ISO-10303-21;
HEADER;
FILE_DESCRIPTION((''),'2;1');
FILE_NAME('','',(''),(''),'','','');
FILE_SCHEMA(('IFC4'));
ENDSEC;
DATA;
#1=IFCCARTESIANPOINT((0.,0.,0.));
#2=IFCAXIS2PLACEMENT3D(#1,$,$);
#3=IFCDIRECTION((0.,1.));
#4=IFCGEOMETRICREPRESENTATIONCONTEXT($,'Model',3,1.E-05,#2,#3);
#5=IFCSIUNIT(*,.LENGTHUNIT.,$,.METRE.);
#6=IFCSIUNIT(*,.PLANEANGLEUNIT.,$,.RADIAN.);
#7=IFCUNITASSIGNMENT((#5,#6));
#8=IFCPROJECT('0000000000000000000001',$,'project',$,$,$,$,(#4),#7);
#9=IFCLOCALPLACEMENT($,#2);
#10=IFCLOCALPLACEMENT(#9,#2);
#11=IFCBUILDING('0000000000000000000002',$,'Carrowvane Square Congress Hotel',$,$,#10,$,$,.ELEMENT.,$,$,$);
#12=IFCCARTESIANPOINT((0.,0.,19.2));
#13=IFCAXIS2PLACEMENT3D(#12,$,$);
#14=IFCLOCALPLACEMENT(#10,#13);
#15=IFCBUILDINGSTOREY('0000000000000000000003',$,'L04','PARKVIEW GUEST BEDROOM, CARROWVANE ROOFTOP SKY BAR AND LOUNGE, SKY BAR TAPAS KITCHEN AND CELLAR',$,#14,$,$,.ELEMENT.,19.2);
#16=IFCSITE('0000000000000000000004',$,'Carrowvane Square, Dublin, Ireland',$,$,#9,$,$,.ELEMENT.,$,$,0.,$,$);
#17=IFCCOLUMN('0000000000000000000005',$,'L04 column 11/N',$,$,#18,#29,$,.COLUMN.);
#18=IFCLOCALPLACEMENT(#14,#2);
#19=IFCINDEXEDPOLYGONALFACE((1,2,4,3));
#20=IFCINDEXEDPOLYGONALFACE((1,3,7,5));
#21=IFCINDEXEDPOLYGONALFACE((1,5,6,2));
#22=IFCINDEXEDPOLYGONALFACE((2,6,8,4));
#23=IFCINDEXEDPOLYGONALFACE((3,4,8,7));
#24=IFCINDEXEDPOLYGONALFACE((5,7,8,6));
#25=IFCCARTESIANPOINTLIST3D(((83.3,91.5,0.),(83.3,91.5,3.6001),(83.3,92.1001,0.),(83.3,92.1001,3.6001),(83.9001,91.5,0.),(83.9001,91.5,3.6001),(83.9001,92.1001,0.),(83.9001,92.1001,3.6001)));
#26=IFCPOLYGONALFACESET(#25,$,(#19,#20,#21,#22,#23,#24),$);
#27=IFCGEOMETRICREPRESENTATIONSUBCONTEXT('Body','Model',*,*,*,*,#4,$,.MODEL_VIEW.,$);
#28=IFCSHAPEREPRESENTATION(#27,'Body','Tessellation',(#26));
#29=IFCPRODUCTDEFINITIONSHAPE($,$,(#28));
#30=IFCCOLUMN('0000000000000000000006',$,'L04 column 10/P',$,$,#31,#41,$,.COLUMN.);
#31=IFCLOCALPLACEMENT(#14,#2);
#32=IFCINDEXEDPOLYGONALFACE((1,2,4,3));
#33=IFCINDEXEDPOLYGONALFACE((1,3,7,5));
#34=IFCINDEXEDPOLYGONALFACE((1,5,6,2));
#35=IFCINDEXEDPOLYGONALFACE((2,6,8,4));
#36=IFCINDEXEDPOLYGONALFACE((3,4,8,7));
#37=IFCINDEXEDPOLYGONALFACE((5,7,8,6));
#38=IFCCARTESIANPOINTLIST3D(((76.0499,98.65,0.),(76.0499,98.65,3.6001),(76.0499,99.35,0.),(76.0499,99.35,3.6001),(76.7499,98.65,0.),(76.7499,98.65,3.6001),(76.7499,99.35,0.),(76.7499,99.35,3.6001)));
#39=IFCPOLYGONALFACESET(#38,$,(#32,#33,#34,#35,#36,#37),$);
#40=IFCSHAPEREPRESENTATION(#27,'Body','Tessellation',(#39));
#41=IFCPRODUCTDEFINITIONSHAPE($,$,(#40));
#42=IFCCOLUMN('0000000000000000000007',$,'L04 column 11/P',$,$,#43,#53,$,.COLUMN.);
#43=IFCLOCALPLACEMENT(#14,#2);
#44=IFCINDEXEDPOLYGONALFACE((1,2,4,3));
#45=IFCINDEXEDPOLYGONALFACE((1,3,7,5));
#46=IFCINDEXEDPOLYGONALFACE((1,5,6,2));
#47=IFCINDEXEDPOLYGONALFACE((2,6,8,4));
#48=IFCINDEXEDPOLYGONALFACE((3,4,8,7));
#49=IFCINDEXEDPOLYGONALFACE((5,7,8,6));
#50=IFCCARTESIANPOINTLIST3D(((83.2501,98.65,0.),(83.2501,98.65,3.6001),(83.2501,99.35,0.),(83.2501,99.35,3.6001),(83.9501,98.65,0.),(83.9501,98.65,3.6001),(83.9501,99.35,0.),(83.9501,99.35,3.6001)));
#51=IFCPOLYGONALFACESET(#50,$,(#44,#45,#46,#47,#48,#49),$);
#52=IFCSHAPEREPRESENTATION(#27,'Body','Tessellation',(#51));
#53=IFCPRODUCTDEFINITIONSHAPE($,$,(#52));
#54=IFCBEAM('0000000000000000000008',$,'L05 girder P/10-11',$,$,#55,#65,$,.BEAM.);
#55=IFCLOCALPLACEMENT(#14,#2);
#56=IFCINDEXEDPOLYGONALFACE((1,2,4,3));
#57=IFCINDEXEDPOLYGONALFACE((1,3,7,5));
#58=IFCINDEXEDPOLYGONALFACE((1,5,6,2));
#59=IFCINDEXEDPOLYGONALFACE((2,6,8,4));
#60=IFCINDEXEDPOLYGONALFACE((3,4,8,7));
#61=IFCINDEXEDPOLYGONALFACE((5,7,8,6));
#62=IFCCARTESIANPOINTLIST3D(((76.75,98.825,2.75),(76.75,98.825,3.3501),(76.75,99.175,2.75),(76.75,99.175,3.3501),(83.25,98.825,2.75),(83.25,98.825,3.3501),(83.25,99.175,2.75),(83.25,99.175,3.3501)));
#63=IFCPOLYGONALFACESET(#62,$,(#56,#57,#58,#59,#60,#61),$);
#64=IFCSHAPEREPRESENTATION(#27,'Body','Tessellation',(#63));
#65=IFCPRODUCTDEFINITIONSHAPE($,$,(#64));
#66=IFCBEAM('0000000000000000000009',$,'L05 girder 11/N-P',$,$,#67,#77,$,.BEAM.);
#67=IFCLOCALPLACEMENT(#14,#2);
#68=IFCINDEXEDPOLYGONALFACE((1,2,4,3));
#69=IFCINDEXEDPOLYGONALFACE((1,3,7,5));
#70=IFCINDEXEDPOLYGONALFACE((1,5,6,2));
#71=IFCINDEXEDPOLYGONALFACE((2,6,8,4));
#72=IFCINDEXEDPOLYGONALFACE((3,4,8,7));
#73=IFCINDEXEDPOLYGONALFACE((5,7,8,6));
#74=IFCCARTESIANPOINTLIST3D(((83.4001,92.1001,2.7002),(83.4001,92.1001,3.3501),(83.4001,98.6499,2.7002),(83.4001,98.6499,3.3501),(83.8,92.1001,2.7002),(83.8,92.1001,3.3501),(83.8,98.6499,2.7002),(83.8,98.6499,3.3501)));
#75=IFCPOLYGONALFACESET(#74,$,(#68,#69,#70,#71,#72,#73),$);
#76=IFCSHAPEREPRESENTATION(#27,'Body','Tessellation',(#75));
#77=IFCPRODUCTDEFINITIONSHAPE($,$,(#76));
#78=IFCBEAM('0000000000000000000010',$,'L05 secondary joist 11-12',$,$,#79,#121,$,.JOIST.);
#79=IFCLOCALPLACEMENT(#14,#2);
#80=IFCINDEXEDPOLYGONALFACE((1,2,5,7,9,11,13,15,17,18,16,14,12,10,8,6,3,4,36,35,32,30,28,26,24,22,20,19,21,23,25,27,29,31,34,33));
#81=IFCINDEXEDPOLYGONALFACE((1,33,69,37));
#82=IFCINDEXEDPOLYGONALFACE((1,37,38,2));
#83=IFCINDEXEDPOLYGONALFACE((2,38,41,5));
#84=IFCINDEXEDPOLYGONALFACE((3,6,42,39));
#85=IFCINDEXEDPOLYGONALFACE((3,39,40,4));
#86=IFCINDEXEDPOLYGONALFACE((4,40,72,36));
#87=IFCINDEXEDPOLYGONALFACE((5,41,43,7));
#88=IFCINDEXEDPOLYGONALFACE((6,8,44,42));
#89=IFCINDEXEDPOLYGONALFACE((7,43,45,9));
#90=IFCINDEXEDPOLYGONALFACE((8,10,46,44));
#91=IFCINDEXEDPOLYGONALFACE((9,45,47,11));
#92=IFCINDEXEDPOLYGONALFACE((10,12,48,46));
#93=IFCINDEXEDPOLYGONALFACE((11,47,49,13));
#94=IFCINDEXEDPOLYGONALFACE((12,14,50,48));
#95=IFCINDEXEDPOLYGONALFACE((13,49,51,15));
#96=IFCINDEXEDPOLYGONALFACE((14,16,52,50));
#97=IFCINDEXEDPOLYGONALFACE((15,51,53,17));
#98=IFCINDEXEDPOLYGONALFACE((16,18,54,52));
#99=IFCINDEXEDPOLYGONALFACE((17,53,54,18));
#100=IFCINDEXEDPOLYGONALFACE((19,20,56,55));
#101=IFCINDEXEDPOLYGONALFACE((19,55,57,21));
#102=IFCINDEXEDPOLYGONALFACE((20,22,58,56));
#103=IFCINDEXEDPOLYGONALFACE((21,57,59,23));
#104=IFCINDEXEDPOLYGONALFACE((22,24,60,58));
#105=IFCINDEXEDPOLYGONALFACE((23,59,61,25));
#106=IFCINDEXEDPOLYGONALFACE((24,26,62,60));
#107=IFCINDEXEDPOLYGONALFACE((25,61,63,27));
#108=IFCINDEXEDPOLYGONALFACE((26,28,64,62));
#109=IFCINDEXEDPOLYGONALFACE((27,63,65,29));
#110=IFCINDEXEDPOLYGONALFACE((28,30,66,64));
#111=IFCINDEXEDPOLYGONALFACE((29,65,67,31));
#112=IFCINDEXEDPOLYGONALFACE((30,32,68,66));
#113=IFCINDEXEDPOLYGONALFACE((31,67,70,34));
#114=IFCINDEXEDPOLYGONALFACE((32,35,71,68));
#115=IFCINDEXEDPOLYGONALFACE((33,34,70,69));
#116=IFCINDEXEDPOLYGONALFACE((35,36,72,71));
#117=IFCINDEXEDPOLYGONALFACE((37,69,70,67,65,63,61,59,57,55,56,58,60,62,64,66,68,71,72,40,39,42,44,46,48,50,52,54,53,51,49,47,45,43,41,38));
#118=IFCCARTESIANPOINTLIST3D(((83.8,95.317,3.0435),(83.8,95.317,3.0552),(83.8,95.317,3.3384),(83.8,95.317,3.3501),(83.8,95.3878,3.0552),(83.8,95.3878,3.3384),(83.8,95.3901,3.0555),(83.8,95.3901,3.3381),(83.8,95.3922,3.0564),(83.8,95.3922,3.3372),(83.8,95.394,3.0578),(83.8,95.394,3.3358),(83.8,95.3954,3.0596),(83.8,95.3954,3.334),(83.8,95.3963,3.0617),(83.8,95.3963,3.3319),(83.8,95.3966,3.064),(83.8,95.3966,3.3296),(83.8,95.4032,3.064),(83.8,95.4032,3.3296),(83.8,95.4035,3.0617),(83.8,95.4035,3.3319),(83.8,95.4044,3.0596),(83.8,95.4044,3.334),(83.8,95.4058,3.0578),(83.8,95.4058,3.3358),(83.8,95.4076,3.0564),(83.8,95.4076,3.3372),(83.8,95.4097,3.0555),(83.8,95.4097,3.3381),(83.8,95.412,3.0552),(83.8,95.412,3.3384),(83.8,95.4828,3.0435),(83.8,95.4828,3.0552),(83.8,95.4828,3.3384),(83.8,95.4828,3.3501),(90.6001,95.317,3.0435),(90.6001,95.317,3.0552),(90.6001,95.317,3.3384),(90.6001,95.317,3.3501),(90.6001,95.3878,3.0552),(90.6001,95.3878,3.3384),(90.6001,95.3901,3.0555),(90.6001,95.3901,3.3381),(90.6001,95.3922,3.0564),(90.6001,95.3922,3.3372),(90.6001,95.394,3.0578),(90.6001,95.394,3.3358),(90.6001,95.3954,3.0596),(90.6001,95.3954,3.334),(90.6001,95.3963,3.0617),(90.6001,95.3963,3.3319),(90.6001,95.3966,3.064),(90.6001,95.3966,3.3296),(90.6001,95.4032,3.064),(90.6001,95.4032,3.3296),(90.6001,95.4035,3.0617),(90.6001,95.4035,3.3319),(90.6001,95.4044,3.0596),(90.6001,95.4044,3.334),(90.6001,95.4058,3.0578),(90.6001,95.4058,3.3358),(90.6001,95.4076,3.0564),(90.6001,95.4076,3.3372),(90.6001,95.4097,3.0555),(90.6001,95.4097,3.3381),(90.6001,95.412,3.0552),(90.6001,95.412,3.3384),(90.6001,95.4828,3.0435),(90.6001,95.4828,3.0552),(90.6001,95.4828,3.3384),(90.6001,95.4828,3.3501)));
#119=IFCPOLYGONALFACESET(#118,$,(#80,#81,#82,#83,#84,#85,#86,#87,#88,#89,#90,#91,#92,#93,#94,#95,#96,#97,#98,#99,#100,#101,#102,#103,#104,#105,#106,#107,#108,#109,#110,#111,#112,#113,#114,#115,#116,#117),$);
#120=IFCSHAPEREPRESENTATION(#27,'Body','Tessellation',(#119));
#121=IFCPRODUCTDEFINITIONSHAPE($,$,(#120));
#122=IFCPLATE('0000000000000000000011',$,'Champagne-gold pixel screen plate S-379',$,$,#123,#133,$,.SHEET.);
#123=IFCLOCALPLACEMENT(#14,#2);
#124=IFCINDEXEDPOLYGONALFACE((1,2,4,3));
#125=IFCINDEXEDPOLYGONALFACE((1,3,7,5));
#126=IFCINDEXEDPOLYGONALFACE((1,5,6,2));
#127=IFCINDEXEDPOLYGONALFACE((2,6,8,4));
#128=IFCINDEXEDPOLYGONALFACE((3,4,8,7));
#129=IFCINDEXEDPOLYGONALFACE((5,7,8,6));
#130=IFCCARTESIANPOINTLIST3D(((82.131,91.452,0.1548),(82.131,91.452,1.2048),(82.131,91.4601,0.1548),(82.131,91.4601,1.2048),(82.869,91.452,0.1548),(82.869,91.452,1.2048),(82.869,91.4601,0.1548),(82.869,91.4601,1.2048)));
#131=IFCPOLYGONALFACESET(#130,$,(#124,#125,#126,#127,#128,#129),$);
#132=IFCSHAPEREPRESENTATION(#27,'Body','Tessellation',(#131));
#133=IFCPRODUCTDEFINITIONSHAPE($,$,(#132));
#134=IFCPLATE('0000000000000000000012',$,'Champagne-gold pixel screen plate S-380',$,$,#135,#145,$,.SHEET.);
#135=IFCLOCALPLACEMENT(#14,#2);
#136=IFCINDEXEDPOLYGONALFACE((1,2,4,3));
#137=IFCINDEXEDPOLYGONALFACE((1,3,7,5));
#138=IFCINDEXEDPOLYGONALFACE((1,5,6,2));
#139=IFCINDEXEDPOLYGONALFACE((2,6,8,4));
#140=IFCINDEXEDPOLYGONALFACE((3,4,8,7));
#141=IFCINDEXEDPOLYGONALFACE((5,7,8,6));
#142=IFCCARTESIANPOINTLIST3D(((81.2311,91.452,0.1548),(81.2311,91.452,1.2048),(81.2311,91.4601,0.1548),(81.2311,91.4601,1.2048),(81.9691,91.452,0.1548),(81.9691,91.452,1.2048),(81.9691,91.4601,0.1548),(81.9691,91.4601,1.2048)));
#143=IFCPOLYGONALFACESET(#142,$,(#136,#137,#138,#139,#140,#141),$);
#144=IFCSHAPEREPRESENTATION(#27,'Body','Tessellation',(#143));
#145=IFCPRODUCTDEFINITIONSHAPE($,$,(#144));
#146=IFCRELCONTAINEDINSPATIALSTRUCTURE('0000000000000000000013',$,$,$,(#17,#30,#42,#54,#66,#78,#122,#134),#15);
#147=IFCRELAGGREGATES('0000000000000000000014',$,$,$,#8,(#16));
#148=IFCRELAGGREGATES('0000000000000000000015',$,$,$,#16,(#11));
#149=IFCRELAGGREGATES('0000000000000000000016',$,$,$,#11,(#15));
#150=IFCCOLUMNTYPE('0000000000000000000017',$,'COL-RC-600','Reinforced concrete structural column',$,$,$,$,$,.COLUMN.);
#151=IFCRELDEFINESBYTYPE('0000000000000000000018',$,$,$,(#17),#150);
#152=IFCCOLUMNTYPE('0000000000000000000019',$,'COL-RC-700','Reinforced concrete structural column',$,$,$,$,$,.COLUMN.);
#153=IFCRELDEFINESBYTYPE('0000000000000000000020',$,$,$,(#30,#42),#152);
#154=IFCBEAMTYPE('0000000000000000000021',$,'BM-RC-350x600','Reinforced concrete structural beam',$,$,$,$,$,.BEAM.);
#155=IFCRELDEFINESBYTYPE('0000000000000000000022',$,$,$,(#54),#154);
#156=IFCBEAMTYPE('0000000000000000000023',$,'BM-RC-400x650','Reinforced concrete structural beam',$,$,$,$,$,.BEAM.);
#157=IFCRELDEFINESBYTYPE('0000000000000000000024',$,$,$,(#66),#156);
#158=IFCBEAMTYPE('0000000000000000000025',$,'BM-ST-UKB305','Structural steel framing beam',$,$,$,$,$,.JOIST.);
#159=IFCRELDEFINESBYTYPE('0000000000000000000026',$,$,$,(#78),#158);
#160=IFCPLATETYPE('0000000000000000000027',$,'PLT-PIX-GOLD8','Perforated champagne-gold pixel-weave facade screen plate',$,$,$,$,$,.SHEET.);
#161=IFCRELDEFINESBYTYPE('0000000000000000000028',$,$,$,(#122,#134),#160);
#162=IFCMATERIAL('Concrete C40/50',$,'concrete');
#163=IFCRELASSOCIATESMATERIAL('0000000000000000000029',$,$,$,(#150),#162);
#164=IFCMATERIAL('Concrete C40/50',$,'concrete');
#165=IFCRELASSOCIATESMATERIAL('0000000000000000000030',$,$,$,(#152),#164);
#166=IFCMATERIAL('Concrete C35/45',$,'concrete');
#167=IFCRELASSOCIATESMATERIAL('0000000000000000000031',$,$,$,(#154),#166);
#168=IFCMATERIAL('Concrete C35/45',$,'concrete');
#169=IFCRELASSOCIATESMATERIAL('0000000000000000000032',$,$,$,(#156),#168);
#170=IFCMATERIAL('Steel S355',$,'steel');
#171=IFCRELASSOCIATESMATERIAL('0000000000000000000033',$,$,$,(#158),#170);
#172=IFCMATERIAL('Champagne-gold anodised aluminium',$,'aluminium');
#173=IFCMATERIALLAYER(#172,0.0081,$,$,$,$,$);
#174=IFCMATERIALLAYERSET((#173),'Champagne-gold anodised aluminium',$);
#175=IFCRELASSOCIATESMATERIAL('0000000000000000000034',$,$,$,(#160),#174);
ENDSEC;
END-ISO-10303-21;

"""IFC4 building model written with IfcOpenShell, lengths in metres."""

from ifc_helpers import new_model, si_unit, direction, frame, origin, origin_2d, place, context, subcontext, project, spatial, rectangle, i_section, extrude, material, layer, layer_set, material_profile, profile_set, type_object, element, save


model = new_model("IFC4")

# Units and contexts
model_context = context("Model", 3, precision=1e-05, world=origin(), true_north=direction((0.0, 1.0)))
body_context = subcontext(model_context, "Body", "Model", "MODEL_VIEW")
ifc_project = project(units=[si_unit("LENGTHUNIT", "METRE"), si_unit("PLANEANGLEUNIT", "RADIAN")], contexts=[model_context])

# Site, building, storey
site_placement = place(None, origin())
site = spatial("IfcSite", under=ifc_project, at=site_placement, Name="Carrowvane Square, Dublin, Ireland", CompositionType="ELEMENT", RefElevation=0.0)
building_placement = place(site_placement, origin())
building = spatial("IfcBuilding", under=site, at=building_placement, Name="Carrowvane Square Congress Hotel", CompositionType="ELEMENT")
storey_placement = place(building_placement, frame((0.0, 0.0, 19.2)))
storey = spatial("IfcBuildingStorey", under=building, at=storey_placement, Name="L04", Description="PARKVIEW GUEST BEDROOM, CARROWVANE ROOFTOP SKY BAR AND LOUNGE, SKY BAR TAPAS KITCHEN AND CELLAR", CompositionType="ELEMENT", Elevation=19.2)

# Columns
ifc_material_1 = material(Name="Concrete C40/50", Category="concrete")
ifc_material_profile_1 = material_profile(ifc_material_1, rectangle(XDim=0.6001, YDim=0.6001, at=origin_2d()), Name="RC 600x600")
ifc_profile_set_1 = profile_set([ifc_material_profile_1], Name="Concrete C40/50")
column_type_1 = type_object("IfcColumnType", Name="COL-RC-600", Description="Reinforced concrete structural column", PredefinedType="COLUMN", material=ifc_profile_set_1)
column_placement = place(storey_placement, frame((83.6001, 91.8, 0.0), z_axis=(0.0, 0.0, 1.0), x_axis=(1.0, 0.0, 0.0)))
element("IfcColumn", 1, at=column_placement, inside=storey, type_object=column_type_1, Name="L04 column 11/N", PredefinedType="COLUMN", context=body_context, shape_type="SweptSolid", body=[
    extrude(rectangle(XDim=0.6001, YDim=0.6001, at=origin_2d()), origin(), (0.0, 0.0, 1.0), 3.6001),
])
ifc_material_2 = material(Name="Concrete C40/50", Category="concrete")
ifc_material_profile_2 = material_profile(ifc_material_2, rectangle(XDim=0.7, YDim=0.7, at=origin_2d()), Name="RC 700x700")
ifc_profile_set_2 = profile_set([ifc_material_profile_2], Name="Concrete C40/50")
column_type_2 = type_object("IfcColumnType", Name="COL-RC-700", Description="Reinforced concrete structural column", PredefinedType="COLUMN", material=ifc_profile_set_2)
for number, where, z_axis, x_axis, name in (
    (2, (76.3999, 99.0, 0.0), (0.0, 0.0, 1.0), (1.0, 0.0, 0.0), "L04 column 10/P"),
    (3, (83.6001, 99.0, 0.0), (0.0, 0.0, 1.0), (1.0, 0.0, 0.0), "L04 column 11/P"),
):
    element("IfcColumn", number, at=place(storey_placement, frame(where, z_axis=z_axis, x_axis=x_axis)), inside=storey, type_object=column_type_2, Name=name, PredefinedType="COLUMN", context=body_context, shape_type="SweptSolid", body=[
        extrude(rectangle(XDim=0.7, YDim=0.7, at=origin_2d()), origin(), (0.0, 0.0, 1.0), 3.6001),
    ])

# Beams
ifc_material_3 = material(Name="Concrete C35/45", Category="concrete")
ifc_material_profile_3 = material_profile(ifc_material_3, rectangle(XDim=0.3501, YDim=0.6001, at=origin_2d()), Name="RC 350x600")
ifc_profile_set_3 = profile_set([ifc_material_profile_3], Name="Concrete C35/45")
beam_type_1 = type_object("IfcBeamType", Name="BM-RC-350x600", Description="Reinforced concrete structural beam", PredefinedType="BEAM", material=ifc_profile_set_3)
beam_1_placement = place(storey_placement, frame((76.75, 99.0, 3.05), z_axis=(1.0, 0.0, 0.0), x_axis=(0.0, 1.0, 0.0)))
element("IfcBeam", 4, at=beam_1_placement, inside=storey, type_object=beam_type_1, Name="L05 girder P/10-11", PredefinedType="BEAM", context=body_context, shape_type="SweptSolid", body=[
    extrude(rectangle(XDim=0.3501, YDim=0.6001, at=origin_2d()), origin(), (0.0, 0.0, 1.0), 6.5),
])
ifc_material_4 = material(Name="Concrete C35/45", Category="concrete")
ifc_material_profile_4 = material_profile(ifc_material_4, rectangle(XDim=0.3999, YDim=0.6499, at=origin_2d()), Name="RC 400x650")
ifc_profile_set_4 = profile_set([ifc_material_profile_4], Name="Concrete C35/45")
beam_type_2 = type_object("IfcBeamType", Name="BM-RC-400x650", Description="Reinforced concrete structural beam", PredefinedType="BEAM", material=ifc_profile_set_4)
beam_2_placement = place(storey_placement, frame((83.6001, 92.1001, 3.0251), z_axis=(0.0, 1.0, 0.0), x_axis=(-1.0, 0.0, 0.0)))
element("IfcBeam", 5, at=beam_2_placement, inside=storey, type_object=beam_type_2, Name="L05 girder 11/N-P", PredefinedType="BEAM", context=body_context, shape_type="SweptSolid", body=[
    extrude(rectangle(XDim=0.3999, YDim=0.6499, at=origin_2d()), origin(), (0.0, 0.0, 1.0), 6.5498),
])
ifc_material_5 = material(Name="Steel S355", Category="steel")
ifc_material_profile_5 = material_profile(ifc_material_5, i_section(OverallWidth=0.1658, OverallDepth=0.3066, WebThickness=0.0066, FlangeThickness=0.0117, FilletRadius=0.0088, at=origin_2d()), Name="UKB 305x165x46")
ifc_profile_set_5 = profile_set([ifc_material_profile_5], Name="Steel S355")
beam_type_3 = type_object("IfcBeamType", Name="BM-ST-UKB305", Description="Structural steel framing beam", PredefinedType="JOIST", material=ifc_profile_set_5)
beam_3_placement = place(storey_placement, frame((83.8, 95.3999, 3.1968), z_axis=(1.0, 0.0, 0.0), x_axis=(0.0, 1.0, 0.0)))
element("IfcBeam", 6, at=beam_3_placement, inside=storey, type_object=beam_type_3, Name="L05 secondary joist 11-12", PredefinedType="JOIST", context=body_context, shape_type="SweptSolid", body=[
    extrude(i_section(OverallWidth=0.1658, OverallDepth=0.3066, WebThickness=0.0066, FlangeThickness=0.0117, FilletRadius=0.0088, at=origin_2d()), origin(), (0.0, 0.0, 1.0), 6.8),
])

# Plates
ifc_material_6 = material(Name="Champagne-gold anodised aluminium", Category="aluminium")
ifc_layer_1 = layer(ifc_material_6, 0.0081)
ifc_layer_set_1 = layer_set([ifc_layer_1], Name="Champagne-gold anodised aluminium")
plate_type = type_object("IfcPlateType", Name="PLT-PIX-GOLD8", Description="Perforated champagne-gold pixel-weave facade screen plate", PredefinedType="SHEET", material=ifc_layer_set_1)
for number, where, z_axis, x_axis, name in (
    (7, (82.5, 91.4561, 0.1548), (0.0, 0.0, 1.0), (-1.0, 0.0, 0.0), "Champagne-gold pixel screen plate S-379"),
    (8, (81.6001, 91.4561, 0.1548), (0.0, 0.0, 1.0), (-1.0, 0.0, 0.0), "Champagne-gold pixel screen plate S-380"),
):
    element("IfcPlate", number, at=place(storey_placement, frame(where, z_axis=z_axis, x_axis=x_axis)), inside=storey, type_object=plate_type, Name=name, PredefinedType="SHEET", context=body_context, shape_type="SweptSolid", body=[
        extrude(rectangle(XDim=0.738, YDim=0.0081, at=origin_2d()), origin(), (0.0, 0.0, 1.0), 1.05),
    ])

save(model, "model.ifc")
